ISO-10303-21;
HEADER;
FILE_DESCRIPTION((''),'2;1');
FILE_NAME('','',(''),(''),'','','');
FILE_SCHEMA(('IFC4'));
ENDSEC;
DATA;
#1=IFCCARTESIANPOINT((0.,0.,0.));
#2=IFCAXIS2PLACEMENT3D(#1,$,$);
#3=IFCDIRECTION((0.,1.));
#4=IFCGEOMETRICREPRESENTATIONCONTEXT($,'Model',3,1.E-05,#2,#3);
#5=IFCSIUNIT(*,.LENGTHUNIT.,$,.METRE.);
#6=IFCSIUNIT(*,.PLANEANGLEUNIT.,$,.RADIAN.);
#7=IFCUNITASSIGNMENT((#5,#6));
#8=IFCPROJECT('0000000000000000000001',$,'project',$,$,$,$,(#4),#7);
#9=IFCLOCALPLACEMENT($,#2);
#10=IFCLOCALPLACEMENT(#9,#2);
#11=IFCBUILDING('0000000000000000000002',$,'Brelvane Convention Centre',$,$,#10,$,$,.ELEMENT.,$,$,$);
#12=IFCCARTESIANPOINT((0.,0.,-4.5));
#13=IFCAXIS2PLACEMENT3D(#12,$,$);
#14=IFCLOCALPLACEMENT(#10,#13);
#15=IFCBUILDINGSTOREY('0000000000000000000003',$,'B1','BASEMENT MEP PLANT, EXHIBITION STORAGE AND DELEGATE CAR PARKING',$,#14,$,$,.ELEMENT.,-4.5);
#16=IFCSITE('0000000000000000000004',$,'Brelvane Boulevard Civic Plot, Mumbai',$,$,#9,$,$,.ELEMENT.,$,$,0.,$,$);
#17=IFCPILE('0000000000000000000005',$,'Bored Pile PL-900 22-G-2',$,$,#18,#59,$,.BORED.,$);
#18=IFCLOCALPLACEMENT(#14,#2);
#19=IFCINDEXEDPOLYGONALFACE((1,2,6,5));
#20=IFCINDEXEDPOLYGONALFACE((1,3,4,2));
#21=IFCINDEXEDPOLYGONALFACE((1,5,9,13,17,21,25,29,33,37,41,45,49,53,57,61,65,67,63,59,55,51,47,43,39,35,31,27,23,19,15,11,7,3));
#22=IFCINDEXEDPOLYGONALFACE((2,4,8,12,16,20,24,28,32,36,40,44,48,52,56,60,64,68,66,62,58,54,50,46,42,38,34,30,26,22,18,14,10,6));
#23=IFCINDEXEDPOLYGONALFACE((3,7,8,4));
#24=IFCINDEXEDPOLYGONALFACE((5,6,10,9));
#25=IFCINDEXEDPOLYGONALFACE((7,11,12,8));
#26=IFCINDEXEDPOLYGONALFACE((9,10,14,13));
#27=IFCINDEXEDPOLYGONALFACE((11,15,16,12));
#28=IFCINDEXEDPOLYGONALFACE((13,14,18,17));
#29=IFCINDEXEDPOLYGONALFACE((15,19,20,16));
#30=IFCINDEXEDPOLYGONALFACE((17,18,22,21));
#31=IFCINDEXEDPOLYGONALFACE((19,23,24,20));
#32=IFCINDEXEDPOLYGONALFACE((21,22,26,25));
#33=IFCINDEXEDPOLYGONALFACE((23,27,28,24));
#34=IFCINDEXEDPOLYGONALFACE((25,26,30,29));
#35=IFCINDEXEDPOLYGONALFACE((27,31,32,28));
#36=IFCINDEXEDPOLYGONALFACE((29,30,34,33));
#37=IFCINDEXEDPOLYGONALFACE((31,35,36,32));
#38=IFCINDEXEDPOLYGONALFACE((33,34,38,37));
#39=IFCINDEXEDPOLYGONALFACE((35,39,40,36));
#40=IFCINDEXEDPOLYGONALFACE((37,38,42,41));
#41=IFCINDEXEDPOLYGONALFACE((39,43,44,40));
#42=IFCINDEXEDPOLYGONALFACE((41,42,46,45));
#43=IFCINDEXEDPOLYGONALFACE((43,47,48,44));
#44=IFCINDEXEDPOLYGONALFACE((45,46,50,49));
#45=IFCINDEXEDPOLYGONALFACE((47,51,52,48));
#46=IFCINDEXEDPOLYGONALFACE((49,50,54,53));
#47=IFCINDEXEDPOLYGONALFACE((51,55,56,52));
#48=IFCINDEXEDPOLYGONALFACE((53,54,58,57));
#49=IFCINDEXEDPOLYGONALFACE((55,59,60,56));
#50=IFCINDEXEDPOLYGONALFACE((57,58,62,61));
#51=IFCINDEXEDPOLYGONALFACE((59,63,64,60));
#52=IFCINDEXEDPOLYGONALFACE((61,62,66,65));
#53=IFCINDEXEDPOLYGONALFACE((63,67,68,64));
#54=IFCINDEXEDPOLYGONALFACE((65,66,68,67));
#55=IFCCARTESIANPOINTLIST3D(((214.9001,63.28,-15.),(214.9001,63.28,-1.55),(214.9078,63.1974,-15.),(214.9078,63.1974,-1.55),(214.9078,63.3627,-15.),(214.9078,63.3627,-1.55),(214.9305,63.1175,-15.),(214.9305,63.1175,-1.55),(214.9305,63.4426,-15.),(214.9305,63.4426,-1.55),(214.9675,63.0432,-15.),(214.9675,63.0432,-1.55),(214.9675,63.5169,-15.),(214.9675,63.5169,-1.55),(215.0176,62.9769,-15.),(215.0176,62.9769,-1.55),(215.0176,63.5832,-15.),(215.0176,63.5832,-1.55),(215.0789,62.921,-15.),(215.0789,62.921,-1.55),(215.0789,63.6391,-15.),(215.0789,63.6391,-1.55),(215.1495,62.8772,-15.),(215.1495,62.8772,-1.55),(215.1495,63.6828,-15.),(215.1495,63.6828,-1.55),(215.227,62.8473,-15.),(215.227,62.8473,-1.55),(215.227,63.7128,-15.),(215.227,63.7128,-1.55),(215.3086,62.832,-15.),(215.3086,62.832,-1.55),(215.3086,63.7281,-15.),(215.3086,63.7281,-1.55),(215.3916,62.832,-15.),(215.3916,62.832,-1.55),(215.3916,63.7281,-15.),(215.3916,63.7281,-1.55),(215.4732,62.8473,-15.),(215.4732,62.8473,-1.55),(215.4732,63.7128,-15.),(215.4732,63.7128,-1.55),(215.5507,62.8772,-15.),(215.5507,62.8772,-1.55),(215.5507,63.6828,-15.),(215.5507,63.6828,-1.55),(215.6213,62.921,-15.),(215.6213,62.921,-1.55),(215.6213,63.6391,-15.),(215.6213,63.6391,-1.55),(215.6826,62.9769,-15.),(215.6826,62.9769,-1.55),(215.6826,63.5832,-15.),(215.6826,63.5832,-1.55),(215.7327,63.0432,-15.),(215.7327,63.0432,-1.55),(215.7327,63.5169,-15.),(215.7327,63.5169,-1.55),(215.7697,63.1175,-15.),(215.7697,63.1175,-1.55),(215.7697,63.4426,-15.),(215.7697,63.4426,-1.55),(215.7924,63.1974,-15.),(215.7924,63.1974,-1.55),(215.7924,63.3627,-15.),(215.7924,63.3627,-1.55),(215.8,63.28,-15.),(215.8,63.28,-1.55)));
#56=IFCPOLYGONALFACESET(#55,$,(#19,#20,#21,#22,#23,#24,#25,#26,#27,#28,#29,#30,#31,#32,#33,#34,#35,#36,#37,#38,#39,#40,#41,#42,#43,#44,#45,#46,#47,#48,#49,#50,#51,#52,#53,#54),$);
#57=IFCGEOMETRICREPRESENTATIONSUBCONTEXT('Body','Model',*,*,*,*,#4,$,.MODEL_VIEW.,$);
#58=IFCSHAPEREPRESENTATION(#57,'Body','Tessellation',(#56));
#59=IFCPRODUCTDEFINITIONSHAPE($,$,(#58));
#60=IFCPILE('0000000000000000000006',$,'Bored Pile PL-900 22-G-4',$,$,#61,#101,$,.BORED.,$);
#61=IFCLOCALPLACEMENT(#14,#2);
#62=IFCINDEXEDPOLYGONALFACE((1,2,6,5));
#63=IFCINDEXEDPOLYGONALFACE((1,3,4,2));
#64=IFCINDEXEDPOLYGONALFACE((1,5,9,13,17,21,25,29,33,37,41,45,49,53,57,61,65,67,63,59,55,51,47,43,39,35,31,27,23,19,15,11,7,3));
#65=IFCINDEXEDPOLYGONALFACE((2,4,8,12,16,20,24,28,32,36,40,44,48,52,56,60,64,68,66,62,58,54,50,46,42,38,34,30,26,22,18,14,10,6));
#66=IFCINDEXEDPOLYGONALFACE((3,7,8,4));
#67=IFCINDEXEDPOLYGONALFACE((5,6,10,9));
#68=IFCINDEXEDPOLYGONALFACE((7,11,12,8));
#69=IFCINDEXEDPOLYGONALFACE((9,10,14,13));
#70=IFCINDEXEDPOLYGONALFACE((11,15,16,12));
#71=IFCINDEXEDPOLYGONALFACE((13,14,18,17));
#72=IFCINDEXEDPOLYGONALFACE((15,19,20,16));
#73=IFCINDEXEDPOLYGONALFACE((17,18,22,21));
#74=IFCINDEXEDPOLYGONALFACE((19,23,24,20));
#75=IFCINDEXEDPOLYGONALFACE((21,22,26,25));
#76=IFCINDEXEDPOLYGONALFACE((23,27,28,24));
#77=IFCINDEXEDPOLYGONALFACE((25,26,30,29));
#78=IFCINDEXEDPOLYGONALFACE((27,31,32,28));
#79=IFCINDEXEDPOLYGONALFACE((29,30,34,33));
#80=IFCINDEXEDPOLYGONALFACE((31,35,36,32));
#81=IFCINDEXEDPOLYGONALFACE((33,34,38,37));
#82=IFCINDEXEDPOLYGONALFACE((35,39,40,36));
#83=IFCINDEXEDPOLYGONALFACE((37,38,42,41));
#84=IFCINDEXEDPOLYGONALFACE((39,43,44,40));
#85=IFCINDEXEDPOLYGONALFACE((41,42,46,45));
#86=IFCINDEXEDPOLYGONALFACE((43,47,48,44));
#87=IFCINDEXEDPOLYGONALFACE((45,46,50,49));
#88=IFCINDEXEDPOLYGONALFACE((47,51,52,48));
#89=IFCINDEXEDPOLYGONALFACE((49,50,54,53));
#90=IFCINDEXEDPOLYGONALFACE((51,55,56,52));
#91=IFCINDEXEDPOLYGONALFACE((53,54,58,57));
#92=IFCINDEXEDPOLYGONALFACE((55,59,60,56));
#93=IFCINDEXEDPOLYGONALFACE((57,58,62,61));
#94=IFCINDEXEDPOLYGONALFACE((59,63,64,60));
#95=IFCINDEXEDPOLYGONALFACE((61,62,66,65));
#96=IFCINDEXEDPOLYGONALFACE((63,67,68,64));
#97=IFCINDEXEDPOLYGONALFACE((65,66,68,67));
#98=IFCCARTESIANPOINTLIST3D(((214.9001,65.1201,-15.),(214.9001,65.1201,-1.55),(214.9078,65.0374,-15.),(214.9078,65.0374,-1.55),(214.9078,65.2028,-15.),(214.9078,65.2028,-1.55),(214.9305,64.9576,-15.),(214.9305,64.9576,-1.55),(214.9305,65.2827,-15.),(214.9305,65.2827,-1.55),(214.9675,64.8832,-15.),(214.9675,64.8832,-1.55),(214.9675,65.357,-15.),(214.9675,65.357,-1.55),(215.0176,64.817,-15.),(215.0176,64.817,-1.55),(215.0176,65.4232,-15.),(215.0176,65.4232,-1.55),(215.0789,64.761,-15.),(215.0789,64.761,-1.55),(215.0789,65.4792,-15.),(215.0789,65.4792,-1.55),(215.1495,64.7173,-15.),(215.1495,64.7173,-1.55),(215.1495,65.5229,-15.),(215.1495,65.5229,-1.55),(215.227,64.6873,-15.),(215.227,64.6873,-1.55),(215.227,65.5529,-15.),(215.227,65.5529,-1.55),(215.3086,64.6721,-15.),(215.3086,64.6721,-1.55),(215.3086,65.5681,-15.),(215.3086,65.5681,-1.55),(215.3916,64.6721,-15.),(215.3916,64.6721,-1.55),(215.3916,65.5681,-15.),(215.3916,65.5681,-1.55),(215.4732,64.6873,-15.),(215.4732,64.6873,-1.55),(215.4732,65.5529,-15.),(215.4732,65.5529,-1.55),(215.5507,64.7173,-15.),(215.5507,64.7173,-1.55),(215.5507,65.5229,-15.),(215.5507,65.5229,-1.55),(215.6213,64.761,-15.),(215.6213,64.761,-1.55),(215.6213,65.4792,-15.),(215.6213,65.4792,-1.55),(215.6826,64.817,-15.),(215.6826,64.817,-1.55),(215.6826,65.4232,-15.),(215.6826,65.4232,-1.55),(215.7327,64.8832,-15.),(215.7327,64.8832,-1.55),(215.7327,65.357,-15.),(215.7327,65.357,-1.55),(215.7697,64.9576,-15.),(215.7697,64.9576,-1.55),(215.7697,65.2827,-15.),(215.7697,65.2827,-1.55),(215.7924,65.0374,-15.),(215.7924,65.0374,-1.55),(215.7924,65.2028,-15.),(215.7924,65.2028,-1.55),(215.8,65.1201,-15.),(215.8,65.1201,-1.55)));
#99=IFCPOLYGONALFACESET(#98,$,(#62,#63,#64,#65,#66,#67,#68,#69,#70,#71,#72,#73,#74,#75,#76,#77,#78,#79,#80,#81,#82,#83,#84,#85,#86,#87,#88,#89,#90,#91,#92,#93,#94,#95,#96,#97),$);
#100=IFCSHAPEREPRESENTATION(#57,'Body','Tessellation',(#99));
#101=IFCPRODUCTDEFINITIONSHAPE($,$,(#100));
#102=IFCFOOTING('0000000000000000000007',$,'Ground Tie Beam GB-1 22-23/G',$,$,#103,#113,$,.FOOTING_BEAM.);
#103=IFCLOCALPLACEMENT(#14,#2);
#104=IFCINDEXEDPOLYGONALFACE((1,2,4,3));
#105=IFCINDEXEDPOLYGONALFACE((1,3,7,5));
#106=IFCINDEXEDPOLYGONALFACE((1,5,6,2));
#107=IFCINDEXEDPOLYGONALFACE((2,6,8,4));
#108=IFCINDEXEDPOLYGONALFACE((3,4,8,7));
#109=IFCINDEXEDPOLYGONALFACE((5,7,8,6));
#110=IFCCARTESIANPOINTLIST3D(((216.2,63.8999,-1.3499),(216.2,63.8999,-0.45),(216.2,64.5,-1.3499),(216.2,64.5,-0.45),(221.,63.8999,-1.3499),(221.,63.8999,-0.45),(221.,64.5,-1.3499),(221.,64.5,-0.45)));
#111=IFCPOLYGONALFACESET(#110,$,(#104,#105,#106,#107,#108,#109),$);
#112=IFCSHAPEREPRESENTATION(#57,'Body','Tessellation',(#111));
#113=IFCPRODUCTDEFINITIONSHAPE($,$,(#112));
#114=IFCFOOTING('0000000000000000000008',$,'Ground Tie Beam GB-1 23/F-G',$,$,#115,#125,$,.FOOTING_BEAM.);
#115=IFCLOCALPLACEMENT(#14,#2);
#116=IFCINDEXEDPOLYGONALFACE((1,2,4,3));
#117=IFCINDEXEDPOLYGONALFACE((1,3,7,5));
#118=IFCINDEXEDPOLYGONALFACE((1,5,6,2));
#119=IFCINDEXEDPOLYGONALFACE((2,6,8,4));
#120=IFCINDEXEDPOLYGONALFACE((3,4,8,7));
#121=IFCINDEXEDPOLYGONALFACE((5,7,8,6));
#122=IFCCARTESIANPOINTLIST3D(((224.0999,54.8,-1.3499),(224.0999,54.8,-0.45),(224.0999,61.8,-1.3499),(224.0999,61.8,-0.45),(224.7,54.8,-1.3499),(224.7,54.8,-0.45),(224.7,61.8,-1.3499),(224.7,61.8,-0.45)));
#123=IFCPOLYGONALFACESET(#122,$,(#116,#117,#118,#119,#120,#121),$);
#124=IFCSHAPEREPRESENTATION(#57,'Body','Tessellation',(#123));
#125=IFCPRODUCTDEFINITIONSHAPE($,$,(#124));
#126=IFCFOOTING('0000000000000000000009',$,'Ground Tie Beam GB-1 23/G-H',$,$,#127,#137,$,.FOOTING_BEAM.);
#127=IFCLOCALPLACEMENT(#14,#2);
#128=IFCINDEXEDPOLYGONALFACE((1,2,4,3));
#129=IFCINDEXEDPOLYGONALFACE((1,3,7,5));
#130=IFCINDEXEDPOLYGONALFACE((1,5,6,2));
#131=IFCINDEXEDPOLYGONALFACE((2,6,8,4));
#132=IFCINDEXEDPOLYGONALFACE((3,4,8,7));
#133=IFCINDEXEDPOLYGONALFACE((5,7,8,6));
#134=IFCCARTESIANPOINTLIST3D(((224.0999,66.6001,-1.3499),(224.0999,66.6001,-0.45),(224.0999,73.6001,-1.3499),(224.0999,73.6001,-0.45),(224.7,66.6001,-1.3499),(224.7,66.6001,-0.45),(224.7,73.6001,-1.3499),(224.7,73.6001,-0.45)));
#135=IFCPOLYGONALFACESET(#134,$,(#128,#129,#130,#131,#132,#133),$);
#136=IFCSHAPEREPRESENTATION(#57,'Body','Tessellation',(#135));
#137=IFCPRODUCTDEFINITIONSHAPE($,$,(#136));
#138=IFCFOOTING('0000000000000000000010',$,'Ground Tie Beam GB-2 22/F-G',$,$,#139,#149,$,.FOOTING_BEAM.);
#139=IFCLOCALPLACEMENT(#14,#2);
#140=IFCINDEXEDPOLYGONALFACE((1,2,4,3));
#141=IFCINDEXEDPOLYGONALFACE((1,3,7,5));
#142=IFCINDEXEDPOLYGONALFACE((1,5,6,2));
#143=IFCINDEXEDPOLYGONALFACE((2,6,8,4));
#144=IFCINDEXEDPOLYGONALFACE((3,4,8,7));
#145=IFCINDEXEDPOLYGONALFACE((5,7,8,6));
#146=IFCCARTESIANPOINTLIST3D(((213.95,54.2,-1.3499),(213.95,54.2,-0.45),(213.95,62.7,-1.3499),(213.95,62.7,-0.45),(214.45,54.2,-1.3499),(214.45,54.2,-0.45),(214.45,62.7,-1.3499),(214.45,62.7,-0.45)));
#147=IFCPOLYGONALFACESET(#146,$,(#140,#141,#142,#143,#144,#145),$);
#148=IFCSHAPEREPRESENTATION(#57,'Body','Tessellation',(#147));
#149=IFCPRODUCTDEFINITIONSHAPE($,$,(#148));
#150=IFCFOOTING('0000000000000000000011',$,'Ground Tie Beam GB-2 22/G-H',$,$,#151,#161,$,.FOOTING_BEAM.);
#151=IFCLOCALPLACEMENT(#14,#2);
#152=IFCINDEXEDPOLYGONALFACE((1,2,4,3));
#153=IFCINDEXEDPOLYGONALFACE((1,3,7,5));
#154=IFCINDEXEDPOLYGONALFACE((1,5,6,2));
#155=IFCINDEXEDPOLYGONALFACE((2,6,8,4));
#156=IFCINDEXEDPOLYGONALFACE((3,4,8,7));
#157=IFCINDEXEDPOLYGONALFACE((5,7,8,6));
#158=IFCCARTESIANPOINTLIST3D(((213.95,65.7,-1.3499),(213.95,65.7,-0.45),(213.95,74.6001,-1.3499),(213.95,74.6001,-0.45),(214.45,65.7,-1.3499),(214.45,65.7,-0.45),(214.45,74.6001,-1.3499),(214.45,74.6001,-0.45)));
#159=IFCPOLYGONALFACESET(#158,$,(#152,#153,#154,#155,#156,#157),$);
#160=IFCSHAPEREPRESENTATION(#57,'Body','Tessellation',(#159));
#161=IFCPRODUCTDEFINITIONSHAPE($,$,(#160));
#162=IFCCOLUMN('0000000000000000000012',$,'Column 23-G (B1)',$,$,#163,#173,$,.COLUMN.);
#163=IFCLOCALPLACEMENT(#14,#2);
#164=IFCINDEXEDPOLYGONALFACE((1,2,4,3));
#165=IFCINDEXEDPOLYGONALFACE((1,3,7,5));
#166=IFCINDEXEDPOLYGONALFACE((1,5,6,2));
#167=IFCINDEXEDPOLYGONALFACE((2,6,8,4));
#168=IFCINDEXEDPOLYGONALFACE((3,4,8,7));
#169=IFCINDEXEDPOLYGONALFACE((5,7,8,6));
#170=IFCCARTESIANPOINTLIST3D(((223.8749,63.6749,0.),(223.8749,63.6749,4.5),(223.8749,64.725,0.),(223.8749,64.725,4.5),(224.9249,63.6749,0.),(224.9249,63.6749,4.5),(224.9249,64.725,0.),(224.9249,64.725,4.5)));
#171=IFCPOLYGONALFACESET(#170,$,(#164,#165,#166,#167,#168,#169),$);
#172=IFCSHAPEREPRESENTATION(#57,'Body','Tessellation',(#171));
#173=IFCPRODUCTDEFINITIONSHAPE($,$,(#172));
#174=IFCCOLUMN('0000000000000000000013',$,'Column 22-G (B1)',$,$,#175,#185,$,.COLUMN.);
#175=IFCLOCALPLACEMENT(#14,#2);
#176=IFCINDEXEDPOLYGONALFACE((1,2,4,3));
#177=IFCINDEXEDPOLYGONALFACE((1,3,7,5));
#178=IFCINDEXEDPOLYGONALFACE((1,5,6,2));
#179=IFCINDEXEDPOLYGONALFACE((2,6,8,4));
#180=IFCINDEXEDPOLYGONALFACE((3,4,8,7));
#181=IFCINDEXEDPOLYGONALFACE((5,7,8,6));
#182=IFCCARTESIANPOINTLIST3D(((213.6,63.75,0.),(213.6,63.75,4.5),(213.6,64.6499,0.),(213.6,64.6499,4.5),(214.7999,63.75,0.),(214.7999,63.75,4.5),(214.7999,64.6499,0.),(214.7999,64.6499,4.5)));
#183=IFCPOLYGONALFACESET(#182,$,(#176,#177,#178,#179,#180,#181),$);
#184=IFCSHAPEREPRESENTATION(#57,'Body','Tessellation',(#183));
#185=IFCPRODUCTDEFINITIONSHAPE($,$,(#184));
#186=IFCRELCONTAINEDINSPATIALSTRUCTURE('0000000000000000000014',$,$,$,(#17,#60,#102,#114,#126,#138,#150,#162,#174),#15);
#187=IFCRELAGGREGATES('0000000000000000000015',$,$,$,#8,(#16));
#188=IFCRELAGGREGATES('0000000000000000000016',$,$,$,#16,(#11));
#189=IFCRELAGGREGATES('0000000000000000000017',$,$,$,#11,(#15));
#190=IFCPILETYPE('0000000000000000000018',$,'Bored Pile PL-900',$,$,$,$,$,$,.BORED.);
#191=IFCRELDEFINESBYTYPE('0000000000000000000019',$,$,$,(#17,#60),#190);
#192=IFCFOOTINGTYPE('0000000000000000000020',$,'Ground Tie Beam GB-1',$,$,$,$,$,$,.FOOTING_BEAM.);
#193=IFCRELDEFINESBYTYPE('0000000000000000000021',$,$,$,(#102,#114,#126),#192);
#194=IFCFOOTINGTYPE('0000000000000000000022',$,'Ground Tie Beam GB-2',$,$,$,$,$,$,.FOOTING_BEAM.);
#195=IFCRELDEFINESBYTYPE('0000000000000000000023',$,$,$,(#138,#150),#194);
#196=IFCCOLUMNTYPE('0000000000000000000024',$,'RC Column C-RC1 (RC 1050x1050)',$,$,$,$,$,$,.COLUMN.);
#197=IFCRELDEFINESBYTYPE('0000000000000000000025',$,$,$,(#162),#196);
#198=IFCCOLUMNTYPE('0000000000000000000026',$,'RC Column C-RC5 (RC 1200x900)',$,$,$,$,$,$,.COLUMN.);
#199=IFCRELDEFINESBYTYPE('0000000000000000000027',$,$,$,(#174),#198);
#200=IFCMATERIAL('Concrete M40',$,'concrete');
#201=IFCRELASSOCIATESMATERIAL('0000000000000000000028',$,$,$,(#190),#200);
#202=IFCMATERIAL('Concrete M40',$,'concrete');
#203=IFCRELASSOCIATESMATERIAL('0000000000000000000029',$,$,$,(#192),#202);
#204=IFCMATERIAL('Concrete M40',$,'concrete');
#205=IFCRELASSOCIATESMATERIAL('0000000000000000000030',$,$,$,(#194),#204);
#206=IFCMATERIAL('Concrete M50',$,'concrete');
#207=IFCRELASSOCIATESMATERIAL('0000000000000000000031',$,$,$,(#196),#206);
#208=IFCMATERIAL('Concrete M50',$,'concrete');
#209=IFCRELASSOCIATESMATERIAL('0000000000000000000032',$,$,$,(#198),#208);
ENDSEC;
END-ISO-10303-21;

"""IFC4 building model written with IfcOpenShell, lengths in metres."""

from ifc_helpers import new_model, si_unit, direction, frame, origin, origin_2d, place, context, subcontext, project, spatial, rectangle, circle, extrude, material, material_profile, profile_set, type_object, element, save


model = new_model("IFC4")

# Units and contexts
model_context = context("Model", 3, precision=1e-05, world=origin(), true_north=direction((0.0, 1.0)))
body_context = subcontext(model_context, "Body", "Model", "MODEL_VIEW")
ifc_project = project(units=[si_unit("LENGTHUNIT", "METRE"), si_unit("PLANEANGLEUNIT", "RADIAN")], contexts=[model_context])

# Site, building, storey
site_placement = place(None, origin())
site = spatial("IfcSite", under=ifc_project, at=site_placement, Name="Brelvane Boulevard Civic Plot, Mumbai", CompositionType="ELEMENT", RefElevation=0.0)
building_placement = place(site_placement, origin())
building = spatial("IfcBuilding", under=site, at=building_placement, Name="Brelvane Convention Centre", CompositionType="ELEMENT")
storey_placement = place(building_placement, frame((0.0, 0.0, -4.5)))
storey = spatial("IfcBuildingStorey", under=building, at=storey_placement, Name="B1", Description="BASEMENT MEP PLANT, EXHIBITION STORAGE AND DELEGATE CAR PARKING", CompositionType="ELEMENT", Elevation=-4.5)

# Piles
ifc_material_1 = material(Name="Concrete M40", Category="concrete")
ifc_material_profile_1 = material_profile(ifc_material_1, circle(Radius=0.45, at=origin_2d()), Name="PILE D900")
ifc_profile_set_1 = profile_set([ifc_material_profile_1], Name="Concrete M40")
pile_type_1 = type_object("IfcPileType", Name="Bored Pile PL-900", PredefinedType="BORED", material=ifc_profile_set_1)
for number, where, z_axis, x_axis, name in (
    (1, (215.3501, 63.28, -1.55), (0.0, 0.0, -1.0), (1.0, 0.0, 0.0), "Bored Pile PL-900 22-G-2"),
    (2, (215.3501, 65.1201, -1.55), (0.0, 0.0, -1.0), (1.0, 0.0, 0.0), "Bored Pile PL-900 22-G-4"),
):
    element("IfcPile", number, at=place(storey_placement, frame(where, z_axis=z_axis, x_axis=x_axis)), inside=storey, type_object=pile_type_1, Name=name, PredefinedType="BORED", context=body_context, shape_type="SweptSolid", body=[
        extrude(circle(Radius=0.45, at=origin_2d()), origin(), (0.0, 0.0, 1.0), 13.45),
    ])

# Footings
ifc_material_2 = material(Name="Concrete M40", Category="concrete")
ifc_material_profile_2 = material_profile(ifc_material_2, rectangle(XDim=0.6001, YDim=0.8999, at=origin_2d()), Name="RC 600x900")
ifc_profile_set_2 = profile_set([ifc_material_profile_2], Name="Concrete M40")
footing_type_1 = type_object("IfcFootingType", Name="Ground Tie Beam GB-1", PredefinedType="FOOTING_BEAM", material=ifc_profile_set_2)
footing_1_placement = place(storey_placement, frame((216.2, 64.2, -0.8999), z_axis=(1.0, 0.0, 0.0), x_axis=(0.0, 1.0, 0.0)))
element("IfcFooting", 3, at=footing_1_placement, inside=storey, type_object=footing_type_1, Name="Ground Tie Beam GB-1 22-23/G", PredefinedType="FOOTING_BEAM", context=body_context, shape_type="SweptSolid", body=[
    extrude(rectangle(XDim=0.6001, YDim=0.8999, at=origin_2d()), origin(), (0.0, 0.0, 1.0), 4.8),
])
for number, where, z_axis, x_axis, name in (
    (4, (224.3999, 54.8, -0.8999), (0.0, 1.0, 0.0), (-1.0, 0.0, 0.0), "Ground Tie Beam GB-1 23/F-G"),
    (5, (224.3999, 66.6001, -0.8999), (0.0, 1.0, 0.0), (-1.0, 0.0, 0.0), "Ground Tie Beam GB-1 23/G-H"),
):
    element("IfcFooting", number, at=place(storey_placement, frame(where, z_axis=z_axis, x_axis=x_axis)), inside=storey, type_object=footing_type_1, Name=name, PredefinedType="FOOTING_BEAM", context=body_context, shape_type="SweptSolid", body=[
        extrude(rectangle(XDim=0.6001, YDim=0.8999, at=origin_2d()), origin(), (0.0, 0.0, 1.0), 7.0),
    ])
ifc_material_3 = material(Name="Concrete M40", Category="concrete")
ifc_material_profile_3 = material_profile(ifc_material_3, rectangle(XDim=0.5, YDim=0.8999, at=origin_2d()), Name="RC 500x900")
ifc_profile_set_3 = profile_set([ifc_material_profile_3], Name="Concrete M40")
footing_type_2 = type_object("IfcFootingType", Name="Ground Tie Beam GB-2", PredefinedType="FOOTING_BEAM", material=ifc_profile_set_3)
footing_2_placement = place(storey_placement, frame((214.2, 54.2, -0.8999), z_axis=(0.0, 1.0, 0.0), x_axis=(-1.0, 0.0, 0.0)))
element("IfcFooting", 6, at=footing_2_placement, inside=storey, type_object=footing_type_2, Name="Ground Tie Beam GB-2 22/F-G", PredefinedType="FOOTING_BEAM", context=body_context, shape_type="SweptSolid", body=[
    extrude(rectangle(XDim=0.5, YDim=0.8999, at=origin_2d()), origin(), (0.0, 0.0, 1.0), 8.5),
])
footing_3_placement = place(storey_placement, frame((214.2, 65.7, -0.8999), z_axis=(0.0, 1.0, 0.0), x_axis=(-1.0, 0.0, 0.0)))
element("IfcFooting", 7, at=footing_3_placement, inside=storey, type_object=footing_type_2, Name="Ground Tie Beam GB-2 22/G-H", PredefinedType="FOOTING_BEAM", context=body_context, shape_type="SweptSolid", body=[
    extrude(rectangle(XDim=0.5, YDim=0.8999, at=origin_2d()), origin(), (0.0, 0.0, 1.0), 8.9001),
])

# Columns
ifc_material_4 = material(Name="Concrete M50", Category="concrete")
ifc_material_profile_4 = material_profile(ifc_material_4, rectangle(XDim=1.05, YDim=1.05, at=origin_2d()), Name="RC 1050x1050")
ifc_profile_set_4 = profile_set([ifc_material_profile_4], Name="Concrete M50")
column_type_1 = type_object("IfcColumnType", Name="RC Column C-RC1 (RC 1050x1050)", PredefinedType="COLUMN", material=ifc_profile_set_4)
column_1_placement = place(storey_placement, frame((224.3999, 64.2, 0.0), z_axis=(0.0, 0.0, 1.0), x_axis=(1.0, 0.0, 0.0)))
element("IfcColumn", 8, at=column_1_placement, inside=storey, type_object=column_type_1, Name="Column 23-G (B1)", PredefinedType="COLUMN", context=body_context, shape_type="SweptSolid", body=[
    extrude(rectangle(XDim=1.05, YDim=1.05, at=origin_2d()), origin(), (0.0, 0.0, 1.0), 4.5),
])
ifc_material_5 = material(Name="Concrete M50", Category="concrete")
ifc_material_profile_5 = material_profile(ifc_material_5, rectangle(XDim=1.2, YDim=0.8999, at=origin_2d()), Name="RC 1200x900")
ifc_profile_set_5 = profile_set([ifc_material_profile_5], Name="Concrete M50")
column_type_2 = type_object("IfcColumnType", Name="RC Column C-RC5 (RC 1200x900)", PredefinedType="COLUMN", material=ifc_profile_set_5)
column_2_placement = place(storey_placement, frame((214.2, 64.2, 0.0), z_axis=(0.0, 0.0, 1.0), x_axis=(1.0, 0.0, 0.0)))
element("IfcColumn", 9, at=column_2_placement, inside=storey, type_object=column_type_2, Name="Column 22-G (B1)", PredefinedType="COLUMN", context=body_context, shape_type="SweptSolid", body=[
    extrude(rectangle(XDim=1.2, YDim=0.8999, at=origin_2d()), origin(), (0.0, 0.0, 1.0), 4.5),
])

save(model, "model.ifc")
